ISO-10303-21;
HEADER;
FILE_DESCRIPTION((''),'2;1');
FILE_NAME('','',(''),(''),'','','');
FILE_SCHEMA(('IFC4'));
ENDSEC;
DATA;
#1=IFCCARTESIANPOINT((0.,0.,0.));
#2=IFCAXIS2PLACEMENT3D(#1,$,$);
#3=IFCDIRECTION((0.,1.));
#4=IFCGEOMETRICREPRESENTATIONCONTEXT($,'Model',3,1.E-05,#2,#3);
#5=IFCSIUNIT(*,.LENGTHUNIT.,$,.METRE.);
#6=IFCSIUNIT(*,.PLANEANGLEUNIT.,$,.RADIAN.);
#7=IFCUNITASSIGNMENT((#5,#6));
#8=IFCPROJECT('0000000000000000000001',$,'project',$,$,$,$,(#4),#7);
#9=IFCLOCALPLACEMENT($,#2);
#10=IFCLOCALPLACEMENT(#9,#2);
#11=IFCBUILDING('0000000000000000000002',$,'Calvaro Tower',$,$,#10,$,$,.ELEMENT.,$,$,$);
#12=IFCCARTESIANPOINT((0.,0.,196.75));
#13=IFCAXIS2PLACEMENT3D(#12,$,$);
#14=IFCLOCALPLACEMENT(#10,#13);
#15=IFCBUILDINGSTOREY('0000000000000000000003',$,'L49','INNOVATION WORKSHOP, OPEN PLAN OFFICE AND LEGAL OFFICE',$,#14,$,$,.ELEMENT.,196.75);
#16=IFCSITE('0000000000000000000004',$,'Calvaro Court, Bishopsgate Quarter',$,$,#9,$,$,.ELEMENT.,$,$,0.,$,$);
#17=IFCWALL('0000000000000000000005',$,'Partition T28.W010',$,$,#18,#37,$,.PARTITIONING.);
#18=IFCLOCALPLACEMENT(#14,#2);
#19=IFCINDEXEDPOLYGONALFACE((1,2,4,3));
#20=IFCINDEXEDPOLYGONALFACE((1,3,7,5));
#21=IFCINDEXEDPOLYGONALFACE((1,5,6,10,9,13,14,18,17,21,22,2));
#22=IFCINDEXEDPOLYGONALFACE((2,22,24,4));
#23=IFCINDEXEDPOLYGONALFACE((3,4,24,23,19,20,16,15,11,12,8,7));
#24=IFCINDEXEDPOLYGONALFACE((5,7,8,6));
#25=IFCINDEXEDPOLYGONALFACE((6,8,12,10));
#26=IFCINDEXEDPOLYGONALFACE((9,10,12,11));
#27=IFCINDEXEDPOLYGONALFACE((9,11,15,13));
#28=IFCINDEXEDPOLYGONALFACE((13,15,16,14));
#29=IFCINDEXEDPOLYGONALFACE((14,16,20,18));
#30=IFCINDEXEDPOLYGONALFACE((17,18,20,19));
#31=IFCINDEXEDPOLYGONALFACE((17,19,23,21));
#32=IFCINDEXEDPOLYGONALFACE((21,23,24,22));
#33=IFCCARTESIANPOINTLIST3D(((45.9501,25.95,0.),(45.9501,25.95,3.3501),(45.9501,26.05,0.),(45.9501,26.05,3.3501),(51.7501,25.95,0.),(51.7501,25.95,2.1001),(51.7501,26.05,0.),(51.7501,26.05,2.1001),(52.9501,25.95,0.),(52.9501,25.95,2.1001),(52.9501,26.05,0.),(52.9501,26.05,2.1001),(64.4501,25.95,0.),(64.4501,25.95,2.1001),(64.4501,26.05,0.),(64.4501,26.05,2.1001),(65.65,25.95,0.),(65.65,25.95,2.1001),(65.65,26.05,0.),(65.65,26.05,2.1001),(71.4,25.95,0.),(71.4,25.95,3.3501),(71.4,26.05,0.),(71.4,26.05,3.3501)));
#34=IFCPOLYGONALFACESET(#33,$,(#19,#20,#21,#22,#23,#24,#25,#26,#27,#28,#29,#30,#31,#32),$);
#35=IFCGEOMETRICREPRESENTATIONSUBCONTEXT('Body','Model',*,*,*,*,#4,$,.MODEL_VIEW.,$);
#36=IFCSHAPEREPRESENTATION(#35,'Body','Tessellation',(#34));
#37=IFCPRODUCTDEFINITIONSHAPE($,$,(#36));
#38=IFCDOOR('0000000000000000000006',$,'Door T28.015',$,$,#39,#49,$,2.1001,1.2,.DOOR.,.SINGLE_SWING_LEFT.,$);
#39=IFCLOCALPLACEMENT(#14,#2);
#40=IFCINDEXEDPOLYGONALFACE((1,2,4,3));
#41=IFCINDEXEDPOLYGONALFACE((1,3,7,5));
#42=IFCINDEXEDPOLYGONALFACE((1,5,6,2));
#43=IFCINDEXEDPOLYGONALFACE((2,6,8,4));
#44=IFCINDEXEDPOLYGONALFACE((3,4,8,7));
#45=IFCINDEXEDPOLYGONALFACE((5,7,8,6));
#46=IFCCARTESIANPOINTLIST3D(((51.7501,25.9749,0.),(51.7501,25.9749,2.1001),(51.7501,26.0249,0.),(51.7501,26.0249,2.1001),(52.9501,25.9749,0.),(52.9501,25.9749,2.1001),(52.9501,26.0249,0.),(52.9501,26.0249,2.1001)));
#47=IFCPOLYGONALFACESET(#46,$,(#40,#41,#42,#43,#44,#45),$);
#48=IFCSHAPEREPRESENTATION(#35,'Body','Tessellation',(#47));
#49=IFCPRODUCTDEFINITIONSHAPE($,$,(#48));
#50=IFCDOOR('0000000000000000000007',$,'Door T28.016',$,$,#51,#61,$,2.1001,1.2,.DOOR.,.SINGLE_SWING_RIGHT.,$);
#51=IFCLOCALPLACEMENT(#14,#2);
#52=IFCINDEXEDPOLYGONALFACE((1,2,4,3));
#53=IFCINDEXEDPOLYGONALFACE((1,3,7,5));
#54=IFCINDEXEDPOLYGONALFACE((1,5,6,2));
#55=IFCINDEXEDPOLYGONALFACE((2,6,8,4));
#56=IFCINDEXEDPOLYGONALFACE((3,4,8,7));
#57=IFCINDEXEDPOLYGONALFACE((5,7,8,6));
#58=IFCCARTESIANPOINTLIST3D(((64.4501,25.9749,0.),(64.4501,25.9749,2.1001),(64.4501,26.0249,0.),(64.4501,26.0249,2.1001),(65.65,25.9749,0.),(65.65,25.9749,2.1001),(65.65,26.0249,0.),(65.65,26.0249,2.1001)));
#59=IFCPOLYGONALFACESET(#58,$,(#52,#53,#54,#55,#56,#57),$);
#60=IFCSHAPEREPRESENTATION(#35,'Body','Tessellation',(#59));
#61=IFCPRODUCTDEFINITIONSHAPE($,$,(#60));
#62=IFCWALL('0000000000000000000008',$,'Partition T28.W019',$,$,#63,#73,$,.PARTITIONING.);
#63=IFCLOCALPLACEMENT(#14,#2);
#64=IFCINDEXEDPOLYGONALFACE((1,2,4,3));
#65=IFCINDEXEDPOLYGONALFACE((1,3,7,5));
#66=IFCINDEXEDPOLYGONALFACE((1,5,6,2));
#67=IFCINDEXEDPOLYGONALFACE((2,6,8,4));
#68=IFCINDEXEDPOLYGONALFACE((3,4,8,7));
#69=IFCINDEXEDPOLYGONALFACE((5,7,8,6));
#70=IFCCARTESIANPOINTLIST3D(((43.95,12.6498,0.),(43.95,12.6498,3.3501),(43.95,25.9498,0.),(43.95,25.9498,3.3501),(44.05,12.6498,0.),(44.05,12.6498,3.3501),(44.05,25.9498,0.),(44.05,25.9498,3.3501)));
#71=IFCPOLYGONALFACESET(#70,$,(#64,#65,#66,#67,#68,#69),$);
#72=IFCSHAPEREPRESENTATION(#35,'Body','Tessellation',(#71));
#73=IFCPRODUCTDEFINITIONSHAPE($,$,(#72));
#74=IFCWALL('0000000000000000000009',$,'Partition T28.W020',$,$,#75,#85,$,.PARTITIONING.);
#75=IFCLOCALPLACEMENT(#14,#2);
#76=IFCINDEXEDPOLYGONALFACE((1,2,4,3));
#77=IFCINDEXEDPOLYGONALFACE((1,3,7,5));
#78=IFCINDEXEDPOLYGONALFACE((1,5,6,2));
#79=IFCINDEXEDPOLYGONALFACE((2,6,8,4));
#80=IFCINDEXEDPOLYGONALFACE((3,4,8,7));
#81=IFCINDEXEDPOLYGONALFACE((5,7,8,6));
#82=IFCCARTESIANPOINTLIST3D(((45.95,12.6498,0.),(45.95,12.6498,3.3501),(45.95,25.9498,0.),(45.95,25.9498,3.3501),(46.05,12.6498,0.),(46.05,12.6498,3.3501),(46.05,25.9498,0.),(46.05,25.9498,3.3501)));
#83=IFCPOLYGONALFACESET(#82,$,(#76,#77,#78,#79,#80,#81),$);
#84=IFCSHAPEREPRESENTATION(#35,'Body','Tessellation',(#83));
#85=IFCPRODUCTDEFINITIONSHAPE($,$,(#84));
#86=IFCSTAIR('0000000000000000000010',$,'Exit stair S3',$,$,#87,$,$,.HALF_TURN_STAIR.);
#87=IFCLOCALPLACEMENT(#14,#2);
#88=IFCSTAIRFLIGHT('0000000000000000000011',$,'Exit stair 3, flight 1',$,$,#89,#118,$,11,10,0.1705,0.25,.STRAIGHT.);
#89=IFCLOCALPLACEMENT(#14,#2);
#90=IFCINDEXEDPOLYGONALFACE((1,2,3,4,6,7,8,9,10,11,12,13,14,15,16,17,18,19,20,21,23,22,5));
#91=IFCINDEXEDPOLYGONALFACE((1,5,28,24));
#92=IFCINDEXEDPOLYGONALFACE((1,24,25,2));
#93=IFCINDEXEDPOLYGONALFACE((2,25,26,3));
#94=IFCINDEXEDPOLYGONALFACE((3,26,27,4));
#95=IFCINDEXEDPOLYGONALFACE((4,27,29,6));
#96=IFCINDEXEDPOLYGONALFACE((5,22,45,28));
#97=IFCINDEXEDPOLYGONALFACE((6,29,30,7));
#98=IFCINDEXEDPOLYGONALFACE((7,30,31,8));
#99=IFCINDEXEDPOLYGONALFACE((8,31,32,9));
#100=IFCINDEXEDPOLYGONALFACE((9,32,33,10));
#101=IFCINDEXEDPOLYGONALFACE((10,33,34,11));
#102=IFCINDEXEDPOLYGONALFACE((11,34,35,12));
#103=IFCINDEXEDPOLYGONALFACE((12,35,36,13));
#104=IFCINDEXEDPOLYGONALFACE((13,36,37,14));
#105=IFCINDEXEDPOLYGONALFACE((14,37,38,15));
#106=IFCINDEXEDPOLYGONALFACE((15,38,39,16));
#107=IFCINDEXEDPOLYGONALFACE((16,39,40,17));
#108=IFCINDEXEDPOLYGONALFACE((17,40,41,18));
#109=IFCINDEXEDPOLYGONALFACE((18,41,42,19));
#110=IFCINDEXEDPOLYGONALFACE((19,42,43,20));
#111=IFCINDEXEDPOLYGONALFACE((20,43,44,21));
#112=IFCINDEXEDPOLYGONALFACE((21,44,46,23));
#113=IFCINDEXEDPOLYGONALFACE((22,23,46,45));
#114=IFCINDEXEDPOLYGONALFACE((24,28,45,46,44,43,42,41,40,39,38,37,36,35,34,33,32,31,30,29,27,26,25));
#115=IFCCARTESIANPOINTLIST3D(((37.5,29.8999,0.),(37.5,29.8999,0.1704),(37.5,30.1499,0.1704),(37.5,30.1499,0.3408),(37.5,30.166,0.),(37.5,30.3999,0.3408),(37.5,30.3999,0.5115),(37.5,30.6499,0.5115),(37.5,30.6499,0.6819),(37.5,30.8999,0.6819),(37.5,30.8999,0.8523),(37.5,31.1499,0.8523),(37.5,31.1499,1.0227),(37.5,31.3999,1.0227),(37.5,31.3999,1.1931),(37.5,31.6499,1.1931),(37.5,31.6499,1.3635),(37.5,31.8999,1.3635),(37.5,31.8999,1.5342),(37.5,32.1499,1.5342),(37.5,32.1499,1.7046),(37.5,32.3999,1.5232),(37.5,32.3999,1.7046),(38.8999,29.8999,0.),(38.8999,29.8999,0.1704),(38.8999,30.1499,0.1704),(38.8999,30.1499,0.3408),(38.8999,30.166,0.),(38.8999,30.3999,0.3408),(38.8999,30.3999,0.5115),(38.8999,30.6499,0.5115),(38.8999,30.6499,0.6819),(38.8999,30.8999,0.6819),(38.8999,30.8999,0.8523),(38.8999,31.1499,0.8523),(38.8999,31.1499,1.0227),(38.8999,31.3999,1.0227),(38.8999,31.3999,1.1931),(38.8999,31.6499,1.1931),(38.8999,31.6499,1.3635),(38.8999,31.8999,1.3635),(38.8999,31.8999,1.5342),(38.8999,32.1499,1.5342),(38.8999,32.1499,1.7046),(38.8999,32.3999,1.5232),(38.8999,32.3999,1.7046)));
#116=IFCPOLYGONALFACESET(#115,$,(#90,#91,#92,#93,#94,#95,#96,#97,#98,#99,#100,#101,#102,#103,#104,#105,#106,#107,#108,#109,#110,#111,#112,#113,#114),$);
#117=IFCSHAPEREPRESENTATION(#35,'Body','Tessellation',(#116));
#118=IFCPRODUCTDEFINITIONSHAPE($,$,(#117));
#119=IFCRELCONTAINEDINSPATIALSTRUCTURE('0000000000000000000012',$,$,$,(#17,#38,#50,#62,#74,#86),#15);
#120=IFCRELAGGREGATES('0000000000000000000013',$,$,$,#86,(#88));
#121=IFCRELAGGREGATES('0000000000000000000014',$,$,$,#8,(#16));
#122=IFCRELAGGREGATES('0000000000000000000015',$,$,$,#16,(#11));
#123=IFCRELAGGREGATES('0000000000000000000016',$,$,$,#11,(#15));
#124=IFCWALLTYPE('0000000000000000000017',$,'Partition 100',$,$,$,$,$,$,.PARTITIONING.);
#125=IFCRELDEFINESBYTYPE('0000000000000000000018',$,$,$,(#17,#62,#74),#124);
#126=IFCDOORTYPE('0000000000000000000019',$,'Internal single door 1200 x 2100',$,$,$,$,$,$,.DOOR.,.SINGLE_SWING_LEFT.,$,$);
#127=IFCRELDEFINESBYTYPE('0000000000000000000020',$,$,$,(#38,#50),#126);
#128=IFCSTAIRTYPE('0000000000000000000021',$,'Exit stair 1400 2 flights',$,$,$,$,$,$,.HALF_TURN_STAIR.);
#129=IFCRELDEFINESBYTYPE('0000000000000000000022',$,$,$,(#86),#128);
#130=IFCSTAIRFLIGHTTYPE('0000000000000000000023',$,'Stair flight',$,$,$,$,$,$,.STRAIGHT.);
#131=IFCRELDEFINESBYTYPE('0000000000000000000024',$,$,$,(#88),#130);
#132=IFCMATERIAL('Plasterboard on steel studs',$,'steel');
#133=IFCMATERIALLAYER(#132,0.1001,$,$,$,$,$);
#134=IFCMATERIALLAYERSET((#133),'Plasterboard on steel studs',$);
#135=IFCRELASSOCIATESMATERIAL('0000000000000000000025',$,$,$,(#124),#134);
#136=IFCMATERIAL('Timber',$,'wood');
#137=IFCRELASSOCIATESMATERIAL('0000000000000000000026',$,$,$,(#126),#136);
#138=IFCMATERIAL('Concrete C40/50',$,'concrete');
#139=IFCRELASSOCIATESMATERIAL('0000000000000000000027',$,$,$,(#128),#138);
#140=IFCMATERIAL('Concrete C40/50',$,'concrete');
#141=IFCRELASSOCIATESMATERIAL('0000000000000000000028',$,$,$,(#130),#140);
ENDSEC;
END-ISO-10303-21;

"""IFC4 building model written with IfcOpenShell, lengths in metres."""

from ifc_helpers import new_model, si_unit, direction, frame, frame_2d, origin, place, context, subcontext, project, spatial, polyline, rectangle, outline, extrude, material, layer, layer_set, type_object, element, fill, aggregate, save


model = new_model("IFC4")

# Units and contexts
model_context = context("Model", 3, precision=1e-05, world=origin(), true_north=direction((0.0, 1.0)))
body_context = subcontext(model_context, "Body", "Model", "MODEL_VIEW")
ifc_project = project(units=[si_unit("LENGTHUNIT", "METRE"), si_unit("PLANEANGLEUNIT", "RADIAN")], contexts=[model_context])

# Site, building, storey
site_placement = place(None, origin())
site = spatial("IfcSite", under=ifc_project, at=site_placement, Name="Calvaro Court, Bishopsgate Quarter", CompositionType="ELEMENT", RefElevation=0.0)
building_placement = place(site_placement, origin())
building = spatial("IfcBuilding", under=site, at=building_placement, Name="Calvaro Tower", CompositionType="ELEMENT")
storey_placement = place(building_placement, frame((0.0, 0.0, 196.75)))
storey = spatial("IfcBuildingStorey", under=building, at=storey_placement, Name="L49", Description="INNOVATION WORKSHOP, OPEN PLAN OFFICE AND LEGAL OFFICE", CompositionType="ELEMENT", Elevation=196.75)

# Shared definitions
ifc_material_1 = material(Name="Plasterboard on steel studs", Category="steel")
ifc_layer_1 = layer(ifc_material_1, 0.1001)
ifc_layer_set_1 = layer_set([ifc_layer_1], Name="Plasterboard on steel studs")
wall_type_1 = type_object("IfcWallType", Name="Partition 100", PredefinedType="PARTITIONING", material=ifc_layer_set_1)
ifc_material_2 = material(Name="Timber", Category="wood")
door_type = type_object("IfcDoorType", Name="Internal single door 1200 x 2100", OperationType="SINGLE_SWING_LEFT", PredefinedType="DOOR", material=ifc_material_2)

# Wall, openings, doors
wall_1_placement = place(storey_placement, frame((45.95, 26.0, 0.0), z_axis=(0.0, 0.0, 1.0), x_axis=(1.0, 0.0, 0.0)))
wall_1 = element("IfcWall", 1, at=wall_1_placement, inside=storey, type_object=wall_type_1, Name="Partition T28.W010", PredefinedType="PARTITIONING", context=body_context, shape_type="SweptSolid", body=[
    extrude(rectangle(XDim=25.45, YDim=0.1001, at=frame_2d((12.7251, 0.0))), origin(), (0.0, 0.0, 1.0), 3.3501),
])
opening_1_placement = place(wall_1_placement, frame((5.8, 0.0, 0.0)))
opening_1 = element("IfcOpeningElement", 2, at=opening_1_placement, cuts=wall_1, PredefinedType="OPENING", context=body_context, shape_type="SweptSolid", body=[
    extrude(rectangle(XDim=1.2, YDim=2.1001, at=frame_2d((0.6001, 1.05))), frame((0.0, 0.0601, 0.0), z_axis=(0.0, -1.0, 0.0), x_axis=(1.0, 0.0, 0.0)), (0.0, 0.0, 1.0), 0.1201),
])
opening_2_placement = place(wall_1_placement, frame((18.5, 0.0, 0.0)))
opening_2 = element("IfcOpeningElement", 3, at=opening_2_placement, cuts=wall_1, PredefinedType="OPENING", context=body_context, shape_type="SweptSolid", body=[
    extrude(rectangle(XDim=1.2, YDim=2.1001, at=frame_2d((0.6001, 1.05))), frame((0.0, 0.0601, 0.0), z_axis=(0.0, -1.0, 0.0), x_axis=(1.0, 0.0, 0.0)), (0.0, 0.0, 1.0), 0.1201),
])
door_1_placement = place(opening_1_placement, origin())
door_1 = element("IfcDoor", 4, at=door_1_placement, inside=storey, type_object=door_type, Name="Door T28.015", OperationType="SINGLE_SWING_LEFT", OverallHeight=2.1001, OverallWidth=1.2, PredefinedType="DOOR", context=body_context, shape_type="SweptSolid", body=[
    extrude(rectangle(XDim=1.2, YDim=2.1001, at=frame_2d((0.6001, 1.05))), frame((0.0, 0.0249, 0.0), z_axis=(0.0, -1.0, 0.0), x_axis=(1.0, 0.0, 0.0)), (0.0, 0.0, 1.0), 0.05),
])
fill(opening_1, door_1)
door_2_placement = place(opening_2_placement, origin())
door_2 = element("IfcDoor", 5, at=door_2_placement, inside=storey, type_object=door_type, Name="Door T28.016", OperationType="SINGLE_SWING_RIGHT", OverallHeight=2.1001, OverallWidth=1.2, PredefinedType="DOOR", context=body_context, shape_type="SweptSolid", body=[
    extrude(rectangle(XDim=1.2, YDim=2.1001, at=frame_2d((0.6001, 1.05))), frame((0.0, 0.0249, 0.0), z_axis=(0.0, -1.0, 0.0), x_axis=(1.0, 0.0, 0.0)), (0.0, 0.0, 1.0), 0.05),
])
fill(opening_2, door_2)

# Walls
for number, where, z_axis, x_axis, name in (
    (6, (44.0, 12.6499, 0.0), (0.0, 0.0, 1.0), (0.0, 1.0, 0.0), "Partition T28.W019"),
    (7, (46.0, 12.6499, 0.0), (0.0, 0.0, 1.0), (0.0, 1.0, 0.0), "Partition T28.W020"),
):
    element("IfcWall", number, at=place(storey_placement, frame(where, z_axis=z_axis, x_axis=x_axis)), inside=storey, type_object=wall_type_1, Name=name, PredefinedType="PARTITIONING", context=body_context, shape_type="SweptSolid", body=[
        extrude(rectangle(XDim=13.3, YDim=0.1001, at=frame_2d((6.6499, 0.0))), origin(), (0.0, 0.0, 1.0), 3.3501),
    ])

# Stair, stair flight
ifc_material_3 = material(Name="Concrete C40/50", Category="concrete")
stair_type = type_object("IfcStairType", Name="Exit stair 1400 2 flights", PredefinedType="HALF_TURN_STAIR", material=ifc_material_3)
stair_placement = place(storey_placement, origin())
stair = element("IfcStair", 8, at=stair_placement, inside=storey, type_object=stair_type, Name="Exit stair S3", PredefinedType="HALF_TURN_STAIR")
ifc_material_4 = material(Name="Concrete C40/50", Category="concrete")
stair_flight_type = type_object("IfcStairFlightType", Name="Stair flight", PredefinedType="STRAIGHT", material=ifc_material_4)
stair_flight_placement = place(storey_placement, frame((38.2, 29.8999, 0.0), z_axis=(0.0, 0.0, 1.0), x_axis=(0.0, 1.0, 0.0)))
stair_flight = element("IfcStairFlight", 9, at=stair_flight_placement, type_object=stair_flight_type, Name="Exit stair 3, flight 1", NumberOfRisers=11, NumberOfTreads=10, PredefinedType="STRAIGHT", RiserHeight=0.1705, TreadLength=0.25, context=body_context, shape_type="SweptSolid", body=[
    extrude(outline(polyline([(0.0, 0.0), (0.0, 0.1704), (0.25, 0.1704), (0.25, 0.3408), (0.5, 0.3408), (0.5, 0.5115), (0.75, 0.5115), (0.75, 0.6819), (1.0, 0.6819), (1.0, 0.8523), (1.25, 0.8523), (1.25, 1.0227), (1.5, 1.0227), (1.5, 1.1931), (1.75, 1.1931), (1.75, 1.3635), (2.0, 1.3635), (2.0, 1.5342), (2.25, 1.5342), (2.25, 1.7046), (2.5, 1.7046), (2.5, 1.875), (2.5, 1.5232), (0.2661, 0.0), (0.0, 0.0)])), frame((0.0, 0.7, 0.0), z_axis=(0.0, -1.0, 0.0), x_axis=(1.0, 0.0, 0.0)), (0.0, 0.0, 1.0), 1.3999),
])
aggregate(stair, [stair_flight])

save(model, "model.ifc")
